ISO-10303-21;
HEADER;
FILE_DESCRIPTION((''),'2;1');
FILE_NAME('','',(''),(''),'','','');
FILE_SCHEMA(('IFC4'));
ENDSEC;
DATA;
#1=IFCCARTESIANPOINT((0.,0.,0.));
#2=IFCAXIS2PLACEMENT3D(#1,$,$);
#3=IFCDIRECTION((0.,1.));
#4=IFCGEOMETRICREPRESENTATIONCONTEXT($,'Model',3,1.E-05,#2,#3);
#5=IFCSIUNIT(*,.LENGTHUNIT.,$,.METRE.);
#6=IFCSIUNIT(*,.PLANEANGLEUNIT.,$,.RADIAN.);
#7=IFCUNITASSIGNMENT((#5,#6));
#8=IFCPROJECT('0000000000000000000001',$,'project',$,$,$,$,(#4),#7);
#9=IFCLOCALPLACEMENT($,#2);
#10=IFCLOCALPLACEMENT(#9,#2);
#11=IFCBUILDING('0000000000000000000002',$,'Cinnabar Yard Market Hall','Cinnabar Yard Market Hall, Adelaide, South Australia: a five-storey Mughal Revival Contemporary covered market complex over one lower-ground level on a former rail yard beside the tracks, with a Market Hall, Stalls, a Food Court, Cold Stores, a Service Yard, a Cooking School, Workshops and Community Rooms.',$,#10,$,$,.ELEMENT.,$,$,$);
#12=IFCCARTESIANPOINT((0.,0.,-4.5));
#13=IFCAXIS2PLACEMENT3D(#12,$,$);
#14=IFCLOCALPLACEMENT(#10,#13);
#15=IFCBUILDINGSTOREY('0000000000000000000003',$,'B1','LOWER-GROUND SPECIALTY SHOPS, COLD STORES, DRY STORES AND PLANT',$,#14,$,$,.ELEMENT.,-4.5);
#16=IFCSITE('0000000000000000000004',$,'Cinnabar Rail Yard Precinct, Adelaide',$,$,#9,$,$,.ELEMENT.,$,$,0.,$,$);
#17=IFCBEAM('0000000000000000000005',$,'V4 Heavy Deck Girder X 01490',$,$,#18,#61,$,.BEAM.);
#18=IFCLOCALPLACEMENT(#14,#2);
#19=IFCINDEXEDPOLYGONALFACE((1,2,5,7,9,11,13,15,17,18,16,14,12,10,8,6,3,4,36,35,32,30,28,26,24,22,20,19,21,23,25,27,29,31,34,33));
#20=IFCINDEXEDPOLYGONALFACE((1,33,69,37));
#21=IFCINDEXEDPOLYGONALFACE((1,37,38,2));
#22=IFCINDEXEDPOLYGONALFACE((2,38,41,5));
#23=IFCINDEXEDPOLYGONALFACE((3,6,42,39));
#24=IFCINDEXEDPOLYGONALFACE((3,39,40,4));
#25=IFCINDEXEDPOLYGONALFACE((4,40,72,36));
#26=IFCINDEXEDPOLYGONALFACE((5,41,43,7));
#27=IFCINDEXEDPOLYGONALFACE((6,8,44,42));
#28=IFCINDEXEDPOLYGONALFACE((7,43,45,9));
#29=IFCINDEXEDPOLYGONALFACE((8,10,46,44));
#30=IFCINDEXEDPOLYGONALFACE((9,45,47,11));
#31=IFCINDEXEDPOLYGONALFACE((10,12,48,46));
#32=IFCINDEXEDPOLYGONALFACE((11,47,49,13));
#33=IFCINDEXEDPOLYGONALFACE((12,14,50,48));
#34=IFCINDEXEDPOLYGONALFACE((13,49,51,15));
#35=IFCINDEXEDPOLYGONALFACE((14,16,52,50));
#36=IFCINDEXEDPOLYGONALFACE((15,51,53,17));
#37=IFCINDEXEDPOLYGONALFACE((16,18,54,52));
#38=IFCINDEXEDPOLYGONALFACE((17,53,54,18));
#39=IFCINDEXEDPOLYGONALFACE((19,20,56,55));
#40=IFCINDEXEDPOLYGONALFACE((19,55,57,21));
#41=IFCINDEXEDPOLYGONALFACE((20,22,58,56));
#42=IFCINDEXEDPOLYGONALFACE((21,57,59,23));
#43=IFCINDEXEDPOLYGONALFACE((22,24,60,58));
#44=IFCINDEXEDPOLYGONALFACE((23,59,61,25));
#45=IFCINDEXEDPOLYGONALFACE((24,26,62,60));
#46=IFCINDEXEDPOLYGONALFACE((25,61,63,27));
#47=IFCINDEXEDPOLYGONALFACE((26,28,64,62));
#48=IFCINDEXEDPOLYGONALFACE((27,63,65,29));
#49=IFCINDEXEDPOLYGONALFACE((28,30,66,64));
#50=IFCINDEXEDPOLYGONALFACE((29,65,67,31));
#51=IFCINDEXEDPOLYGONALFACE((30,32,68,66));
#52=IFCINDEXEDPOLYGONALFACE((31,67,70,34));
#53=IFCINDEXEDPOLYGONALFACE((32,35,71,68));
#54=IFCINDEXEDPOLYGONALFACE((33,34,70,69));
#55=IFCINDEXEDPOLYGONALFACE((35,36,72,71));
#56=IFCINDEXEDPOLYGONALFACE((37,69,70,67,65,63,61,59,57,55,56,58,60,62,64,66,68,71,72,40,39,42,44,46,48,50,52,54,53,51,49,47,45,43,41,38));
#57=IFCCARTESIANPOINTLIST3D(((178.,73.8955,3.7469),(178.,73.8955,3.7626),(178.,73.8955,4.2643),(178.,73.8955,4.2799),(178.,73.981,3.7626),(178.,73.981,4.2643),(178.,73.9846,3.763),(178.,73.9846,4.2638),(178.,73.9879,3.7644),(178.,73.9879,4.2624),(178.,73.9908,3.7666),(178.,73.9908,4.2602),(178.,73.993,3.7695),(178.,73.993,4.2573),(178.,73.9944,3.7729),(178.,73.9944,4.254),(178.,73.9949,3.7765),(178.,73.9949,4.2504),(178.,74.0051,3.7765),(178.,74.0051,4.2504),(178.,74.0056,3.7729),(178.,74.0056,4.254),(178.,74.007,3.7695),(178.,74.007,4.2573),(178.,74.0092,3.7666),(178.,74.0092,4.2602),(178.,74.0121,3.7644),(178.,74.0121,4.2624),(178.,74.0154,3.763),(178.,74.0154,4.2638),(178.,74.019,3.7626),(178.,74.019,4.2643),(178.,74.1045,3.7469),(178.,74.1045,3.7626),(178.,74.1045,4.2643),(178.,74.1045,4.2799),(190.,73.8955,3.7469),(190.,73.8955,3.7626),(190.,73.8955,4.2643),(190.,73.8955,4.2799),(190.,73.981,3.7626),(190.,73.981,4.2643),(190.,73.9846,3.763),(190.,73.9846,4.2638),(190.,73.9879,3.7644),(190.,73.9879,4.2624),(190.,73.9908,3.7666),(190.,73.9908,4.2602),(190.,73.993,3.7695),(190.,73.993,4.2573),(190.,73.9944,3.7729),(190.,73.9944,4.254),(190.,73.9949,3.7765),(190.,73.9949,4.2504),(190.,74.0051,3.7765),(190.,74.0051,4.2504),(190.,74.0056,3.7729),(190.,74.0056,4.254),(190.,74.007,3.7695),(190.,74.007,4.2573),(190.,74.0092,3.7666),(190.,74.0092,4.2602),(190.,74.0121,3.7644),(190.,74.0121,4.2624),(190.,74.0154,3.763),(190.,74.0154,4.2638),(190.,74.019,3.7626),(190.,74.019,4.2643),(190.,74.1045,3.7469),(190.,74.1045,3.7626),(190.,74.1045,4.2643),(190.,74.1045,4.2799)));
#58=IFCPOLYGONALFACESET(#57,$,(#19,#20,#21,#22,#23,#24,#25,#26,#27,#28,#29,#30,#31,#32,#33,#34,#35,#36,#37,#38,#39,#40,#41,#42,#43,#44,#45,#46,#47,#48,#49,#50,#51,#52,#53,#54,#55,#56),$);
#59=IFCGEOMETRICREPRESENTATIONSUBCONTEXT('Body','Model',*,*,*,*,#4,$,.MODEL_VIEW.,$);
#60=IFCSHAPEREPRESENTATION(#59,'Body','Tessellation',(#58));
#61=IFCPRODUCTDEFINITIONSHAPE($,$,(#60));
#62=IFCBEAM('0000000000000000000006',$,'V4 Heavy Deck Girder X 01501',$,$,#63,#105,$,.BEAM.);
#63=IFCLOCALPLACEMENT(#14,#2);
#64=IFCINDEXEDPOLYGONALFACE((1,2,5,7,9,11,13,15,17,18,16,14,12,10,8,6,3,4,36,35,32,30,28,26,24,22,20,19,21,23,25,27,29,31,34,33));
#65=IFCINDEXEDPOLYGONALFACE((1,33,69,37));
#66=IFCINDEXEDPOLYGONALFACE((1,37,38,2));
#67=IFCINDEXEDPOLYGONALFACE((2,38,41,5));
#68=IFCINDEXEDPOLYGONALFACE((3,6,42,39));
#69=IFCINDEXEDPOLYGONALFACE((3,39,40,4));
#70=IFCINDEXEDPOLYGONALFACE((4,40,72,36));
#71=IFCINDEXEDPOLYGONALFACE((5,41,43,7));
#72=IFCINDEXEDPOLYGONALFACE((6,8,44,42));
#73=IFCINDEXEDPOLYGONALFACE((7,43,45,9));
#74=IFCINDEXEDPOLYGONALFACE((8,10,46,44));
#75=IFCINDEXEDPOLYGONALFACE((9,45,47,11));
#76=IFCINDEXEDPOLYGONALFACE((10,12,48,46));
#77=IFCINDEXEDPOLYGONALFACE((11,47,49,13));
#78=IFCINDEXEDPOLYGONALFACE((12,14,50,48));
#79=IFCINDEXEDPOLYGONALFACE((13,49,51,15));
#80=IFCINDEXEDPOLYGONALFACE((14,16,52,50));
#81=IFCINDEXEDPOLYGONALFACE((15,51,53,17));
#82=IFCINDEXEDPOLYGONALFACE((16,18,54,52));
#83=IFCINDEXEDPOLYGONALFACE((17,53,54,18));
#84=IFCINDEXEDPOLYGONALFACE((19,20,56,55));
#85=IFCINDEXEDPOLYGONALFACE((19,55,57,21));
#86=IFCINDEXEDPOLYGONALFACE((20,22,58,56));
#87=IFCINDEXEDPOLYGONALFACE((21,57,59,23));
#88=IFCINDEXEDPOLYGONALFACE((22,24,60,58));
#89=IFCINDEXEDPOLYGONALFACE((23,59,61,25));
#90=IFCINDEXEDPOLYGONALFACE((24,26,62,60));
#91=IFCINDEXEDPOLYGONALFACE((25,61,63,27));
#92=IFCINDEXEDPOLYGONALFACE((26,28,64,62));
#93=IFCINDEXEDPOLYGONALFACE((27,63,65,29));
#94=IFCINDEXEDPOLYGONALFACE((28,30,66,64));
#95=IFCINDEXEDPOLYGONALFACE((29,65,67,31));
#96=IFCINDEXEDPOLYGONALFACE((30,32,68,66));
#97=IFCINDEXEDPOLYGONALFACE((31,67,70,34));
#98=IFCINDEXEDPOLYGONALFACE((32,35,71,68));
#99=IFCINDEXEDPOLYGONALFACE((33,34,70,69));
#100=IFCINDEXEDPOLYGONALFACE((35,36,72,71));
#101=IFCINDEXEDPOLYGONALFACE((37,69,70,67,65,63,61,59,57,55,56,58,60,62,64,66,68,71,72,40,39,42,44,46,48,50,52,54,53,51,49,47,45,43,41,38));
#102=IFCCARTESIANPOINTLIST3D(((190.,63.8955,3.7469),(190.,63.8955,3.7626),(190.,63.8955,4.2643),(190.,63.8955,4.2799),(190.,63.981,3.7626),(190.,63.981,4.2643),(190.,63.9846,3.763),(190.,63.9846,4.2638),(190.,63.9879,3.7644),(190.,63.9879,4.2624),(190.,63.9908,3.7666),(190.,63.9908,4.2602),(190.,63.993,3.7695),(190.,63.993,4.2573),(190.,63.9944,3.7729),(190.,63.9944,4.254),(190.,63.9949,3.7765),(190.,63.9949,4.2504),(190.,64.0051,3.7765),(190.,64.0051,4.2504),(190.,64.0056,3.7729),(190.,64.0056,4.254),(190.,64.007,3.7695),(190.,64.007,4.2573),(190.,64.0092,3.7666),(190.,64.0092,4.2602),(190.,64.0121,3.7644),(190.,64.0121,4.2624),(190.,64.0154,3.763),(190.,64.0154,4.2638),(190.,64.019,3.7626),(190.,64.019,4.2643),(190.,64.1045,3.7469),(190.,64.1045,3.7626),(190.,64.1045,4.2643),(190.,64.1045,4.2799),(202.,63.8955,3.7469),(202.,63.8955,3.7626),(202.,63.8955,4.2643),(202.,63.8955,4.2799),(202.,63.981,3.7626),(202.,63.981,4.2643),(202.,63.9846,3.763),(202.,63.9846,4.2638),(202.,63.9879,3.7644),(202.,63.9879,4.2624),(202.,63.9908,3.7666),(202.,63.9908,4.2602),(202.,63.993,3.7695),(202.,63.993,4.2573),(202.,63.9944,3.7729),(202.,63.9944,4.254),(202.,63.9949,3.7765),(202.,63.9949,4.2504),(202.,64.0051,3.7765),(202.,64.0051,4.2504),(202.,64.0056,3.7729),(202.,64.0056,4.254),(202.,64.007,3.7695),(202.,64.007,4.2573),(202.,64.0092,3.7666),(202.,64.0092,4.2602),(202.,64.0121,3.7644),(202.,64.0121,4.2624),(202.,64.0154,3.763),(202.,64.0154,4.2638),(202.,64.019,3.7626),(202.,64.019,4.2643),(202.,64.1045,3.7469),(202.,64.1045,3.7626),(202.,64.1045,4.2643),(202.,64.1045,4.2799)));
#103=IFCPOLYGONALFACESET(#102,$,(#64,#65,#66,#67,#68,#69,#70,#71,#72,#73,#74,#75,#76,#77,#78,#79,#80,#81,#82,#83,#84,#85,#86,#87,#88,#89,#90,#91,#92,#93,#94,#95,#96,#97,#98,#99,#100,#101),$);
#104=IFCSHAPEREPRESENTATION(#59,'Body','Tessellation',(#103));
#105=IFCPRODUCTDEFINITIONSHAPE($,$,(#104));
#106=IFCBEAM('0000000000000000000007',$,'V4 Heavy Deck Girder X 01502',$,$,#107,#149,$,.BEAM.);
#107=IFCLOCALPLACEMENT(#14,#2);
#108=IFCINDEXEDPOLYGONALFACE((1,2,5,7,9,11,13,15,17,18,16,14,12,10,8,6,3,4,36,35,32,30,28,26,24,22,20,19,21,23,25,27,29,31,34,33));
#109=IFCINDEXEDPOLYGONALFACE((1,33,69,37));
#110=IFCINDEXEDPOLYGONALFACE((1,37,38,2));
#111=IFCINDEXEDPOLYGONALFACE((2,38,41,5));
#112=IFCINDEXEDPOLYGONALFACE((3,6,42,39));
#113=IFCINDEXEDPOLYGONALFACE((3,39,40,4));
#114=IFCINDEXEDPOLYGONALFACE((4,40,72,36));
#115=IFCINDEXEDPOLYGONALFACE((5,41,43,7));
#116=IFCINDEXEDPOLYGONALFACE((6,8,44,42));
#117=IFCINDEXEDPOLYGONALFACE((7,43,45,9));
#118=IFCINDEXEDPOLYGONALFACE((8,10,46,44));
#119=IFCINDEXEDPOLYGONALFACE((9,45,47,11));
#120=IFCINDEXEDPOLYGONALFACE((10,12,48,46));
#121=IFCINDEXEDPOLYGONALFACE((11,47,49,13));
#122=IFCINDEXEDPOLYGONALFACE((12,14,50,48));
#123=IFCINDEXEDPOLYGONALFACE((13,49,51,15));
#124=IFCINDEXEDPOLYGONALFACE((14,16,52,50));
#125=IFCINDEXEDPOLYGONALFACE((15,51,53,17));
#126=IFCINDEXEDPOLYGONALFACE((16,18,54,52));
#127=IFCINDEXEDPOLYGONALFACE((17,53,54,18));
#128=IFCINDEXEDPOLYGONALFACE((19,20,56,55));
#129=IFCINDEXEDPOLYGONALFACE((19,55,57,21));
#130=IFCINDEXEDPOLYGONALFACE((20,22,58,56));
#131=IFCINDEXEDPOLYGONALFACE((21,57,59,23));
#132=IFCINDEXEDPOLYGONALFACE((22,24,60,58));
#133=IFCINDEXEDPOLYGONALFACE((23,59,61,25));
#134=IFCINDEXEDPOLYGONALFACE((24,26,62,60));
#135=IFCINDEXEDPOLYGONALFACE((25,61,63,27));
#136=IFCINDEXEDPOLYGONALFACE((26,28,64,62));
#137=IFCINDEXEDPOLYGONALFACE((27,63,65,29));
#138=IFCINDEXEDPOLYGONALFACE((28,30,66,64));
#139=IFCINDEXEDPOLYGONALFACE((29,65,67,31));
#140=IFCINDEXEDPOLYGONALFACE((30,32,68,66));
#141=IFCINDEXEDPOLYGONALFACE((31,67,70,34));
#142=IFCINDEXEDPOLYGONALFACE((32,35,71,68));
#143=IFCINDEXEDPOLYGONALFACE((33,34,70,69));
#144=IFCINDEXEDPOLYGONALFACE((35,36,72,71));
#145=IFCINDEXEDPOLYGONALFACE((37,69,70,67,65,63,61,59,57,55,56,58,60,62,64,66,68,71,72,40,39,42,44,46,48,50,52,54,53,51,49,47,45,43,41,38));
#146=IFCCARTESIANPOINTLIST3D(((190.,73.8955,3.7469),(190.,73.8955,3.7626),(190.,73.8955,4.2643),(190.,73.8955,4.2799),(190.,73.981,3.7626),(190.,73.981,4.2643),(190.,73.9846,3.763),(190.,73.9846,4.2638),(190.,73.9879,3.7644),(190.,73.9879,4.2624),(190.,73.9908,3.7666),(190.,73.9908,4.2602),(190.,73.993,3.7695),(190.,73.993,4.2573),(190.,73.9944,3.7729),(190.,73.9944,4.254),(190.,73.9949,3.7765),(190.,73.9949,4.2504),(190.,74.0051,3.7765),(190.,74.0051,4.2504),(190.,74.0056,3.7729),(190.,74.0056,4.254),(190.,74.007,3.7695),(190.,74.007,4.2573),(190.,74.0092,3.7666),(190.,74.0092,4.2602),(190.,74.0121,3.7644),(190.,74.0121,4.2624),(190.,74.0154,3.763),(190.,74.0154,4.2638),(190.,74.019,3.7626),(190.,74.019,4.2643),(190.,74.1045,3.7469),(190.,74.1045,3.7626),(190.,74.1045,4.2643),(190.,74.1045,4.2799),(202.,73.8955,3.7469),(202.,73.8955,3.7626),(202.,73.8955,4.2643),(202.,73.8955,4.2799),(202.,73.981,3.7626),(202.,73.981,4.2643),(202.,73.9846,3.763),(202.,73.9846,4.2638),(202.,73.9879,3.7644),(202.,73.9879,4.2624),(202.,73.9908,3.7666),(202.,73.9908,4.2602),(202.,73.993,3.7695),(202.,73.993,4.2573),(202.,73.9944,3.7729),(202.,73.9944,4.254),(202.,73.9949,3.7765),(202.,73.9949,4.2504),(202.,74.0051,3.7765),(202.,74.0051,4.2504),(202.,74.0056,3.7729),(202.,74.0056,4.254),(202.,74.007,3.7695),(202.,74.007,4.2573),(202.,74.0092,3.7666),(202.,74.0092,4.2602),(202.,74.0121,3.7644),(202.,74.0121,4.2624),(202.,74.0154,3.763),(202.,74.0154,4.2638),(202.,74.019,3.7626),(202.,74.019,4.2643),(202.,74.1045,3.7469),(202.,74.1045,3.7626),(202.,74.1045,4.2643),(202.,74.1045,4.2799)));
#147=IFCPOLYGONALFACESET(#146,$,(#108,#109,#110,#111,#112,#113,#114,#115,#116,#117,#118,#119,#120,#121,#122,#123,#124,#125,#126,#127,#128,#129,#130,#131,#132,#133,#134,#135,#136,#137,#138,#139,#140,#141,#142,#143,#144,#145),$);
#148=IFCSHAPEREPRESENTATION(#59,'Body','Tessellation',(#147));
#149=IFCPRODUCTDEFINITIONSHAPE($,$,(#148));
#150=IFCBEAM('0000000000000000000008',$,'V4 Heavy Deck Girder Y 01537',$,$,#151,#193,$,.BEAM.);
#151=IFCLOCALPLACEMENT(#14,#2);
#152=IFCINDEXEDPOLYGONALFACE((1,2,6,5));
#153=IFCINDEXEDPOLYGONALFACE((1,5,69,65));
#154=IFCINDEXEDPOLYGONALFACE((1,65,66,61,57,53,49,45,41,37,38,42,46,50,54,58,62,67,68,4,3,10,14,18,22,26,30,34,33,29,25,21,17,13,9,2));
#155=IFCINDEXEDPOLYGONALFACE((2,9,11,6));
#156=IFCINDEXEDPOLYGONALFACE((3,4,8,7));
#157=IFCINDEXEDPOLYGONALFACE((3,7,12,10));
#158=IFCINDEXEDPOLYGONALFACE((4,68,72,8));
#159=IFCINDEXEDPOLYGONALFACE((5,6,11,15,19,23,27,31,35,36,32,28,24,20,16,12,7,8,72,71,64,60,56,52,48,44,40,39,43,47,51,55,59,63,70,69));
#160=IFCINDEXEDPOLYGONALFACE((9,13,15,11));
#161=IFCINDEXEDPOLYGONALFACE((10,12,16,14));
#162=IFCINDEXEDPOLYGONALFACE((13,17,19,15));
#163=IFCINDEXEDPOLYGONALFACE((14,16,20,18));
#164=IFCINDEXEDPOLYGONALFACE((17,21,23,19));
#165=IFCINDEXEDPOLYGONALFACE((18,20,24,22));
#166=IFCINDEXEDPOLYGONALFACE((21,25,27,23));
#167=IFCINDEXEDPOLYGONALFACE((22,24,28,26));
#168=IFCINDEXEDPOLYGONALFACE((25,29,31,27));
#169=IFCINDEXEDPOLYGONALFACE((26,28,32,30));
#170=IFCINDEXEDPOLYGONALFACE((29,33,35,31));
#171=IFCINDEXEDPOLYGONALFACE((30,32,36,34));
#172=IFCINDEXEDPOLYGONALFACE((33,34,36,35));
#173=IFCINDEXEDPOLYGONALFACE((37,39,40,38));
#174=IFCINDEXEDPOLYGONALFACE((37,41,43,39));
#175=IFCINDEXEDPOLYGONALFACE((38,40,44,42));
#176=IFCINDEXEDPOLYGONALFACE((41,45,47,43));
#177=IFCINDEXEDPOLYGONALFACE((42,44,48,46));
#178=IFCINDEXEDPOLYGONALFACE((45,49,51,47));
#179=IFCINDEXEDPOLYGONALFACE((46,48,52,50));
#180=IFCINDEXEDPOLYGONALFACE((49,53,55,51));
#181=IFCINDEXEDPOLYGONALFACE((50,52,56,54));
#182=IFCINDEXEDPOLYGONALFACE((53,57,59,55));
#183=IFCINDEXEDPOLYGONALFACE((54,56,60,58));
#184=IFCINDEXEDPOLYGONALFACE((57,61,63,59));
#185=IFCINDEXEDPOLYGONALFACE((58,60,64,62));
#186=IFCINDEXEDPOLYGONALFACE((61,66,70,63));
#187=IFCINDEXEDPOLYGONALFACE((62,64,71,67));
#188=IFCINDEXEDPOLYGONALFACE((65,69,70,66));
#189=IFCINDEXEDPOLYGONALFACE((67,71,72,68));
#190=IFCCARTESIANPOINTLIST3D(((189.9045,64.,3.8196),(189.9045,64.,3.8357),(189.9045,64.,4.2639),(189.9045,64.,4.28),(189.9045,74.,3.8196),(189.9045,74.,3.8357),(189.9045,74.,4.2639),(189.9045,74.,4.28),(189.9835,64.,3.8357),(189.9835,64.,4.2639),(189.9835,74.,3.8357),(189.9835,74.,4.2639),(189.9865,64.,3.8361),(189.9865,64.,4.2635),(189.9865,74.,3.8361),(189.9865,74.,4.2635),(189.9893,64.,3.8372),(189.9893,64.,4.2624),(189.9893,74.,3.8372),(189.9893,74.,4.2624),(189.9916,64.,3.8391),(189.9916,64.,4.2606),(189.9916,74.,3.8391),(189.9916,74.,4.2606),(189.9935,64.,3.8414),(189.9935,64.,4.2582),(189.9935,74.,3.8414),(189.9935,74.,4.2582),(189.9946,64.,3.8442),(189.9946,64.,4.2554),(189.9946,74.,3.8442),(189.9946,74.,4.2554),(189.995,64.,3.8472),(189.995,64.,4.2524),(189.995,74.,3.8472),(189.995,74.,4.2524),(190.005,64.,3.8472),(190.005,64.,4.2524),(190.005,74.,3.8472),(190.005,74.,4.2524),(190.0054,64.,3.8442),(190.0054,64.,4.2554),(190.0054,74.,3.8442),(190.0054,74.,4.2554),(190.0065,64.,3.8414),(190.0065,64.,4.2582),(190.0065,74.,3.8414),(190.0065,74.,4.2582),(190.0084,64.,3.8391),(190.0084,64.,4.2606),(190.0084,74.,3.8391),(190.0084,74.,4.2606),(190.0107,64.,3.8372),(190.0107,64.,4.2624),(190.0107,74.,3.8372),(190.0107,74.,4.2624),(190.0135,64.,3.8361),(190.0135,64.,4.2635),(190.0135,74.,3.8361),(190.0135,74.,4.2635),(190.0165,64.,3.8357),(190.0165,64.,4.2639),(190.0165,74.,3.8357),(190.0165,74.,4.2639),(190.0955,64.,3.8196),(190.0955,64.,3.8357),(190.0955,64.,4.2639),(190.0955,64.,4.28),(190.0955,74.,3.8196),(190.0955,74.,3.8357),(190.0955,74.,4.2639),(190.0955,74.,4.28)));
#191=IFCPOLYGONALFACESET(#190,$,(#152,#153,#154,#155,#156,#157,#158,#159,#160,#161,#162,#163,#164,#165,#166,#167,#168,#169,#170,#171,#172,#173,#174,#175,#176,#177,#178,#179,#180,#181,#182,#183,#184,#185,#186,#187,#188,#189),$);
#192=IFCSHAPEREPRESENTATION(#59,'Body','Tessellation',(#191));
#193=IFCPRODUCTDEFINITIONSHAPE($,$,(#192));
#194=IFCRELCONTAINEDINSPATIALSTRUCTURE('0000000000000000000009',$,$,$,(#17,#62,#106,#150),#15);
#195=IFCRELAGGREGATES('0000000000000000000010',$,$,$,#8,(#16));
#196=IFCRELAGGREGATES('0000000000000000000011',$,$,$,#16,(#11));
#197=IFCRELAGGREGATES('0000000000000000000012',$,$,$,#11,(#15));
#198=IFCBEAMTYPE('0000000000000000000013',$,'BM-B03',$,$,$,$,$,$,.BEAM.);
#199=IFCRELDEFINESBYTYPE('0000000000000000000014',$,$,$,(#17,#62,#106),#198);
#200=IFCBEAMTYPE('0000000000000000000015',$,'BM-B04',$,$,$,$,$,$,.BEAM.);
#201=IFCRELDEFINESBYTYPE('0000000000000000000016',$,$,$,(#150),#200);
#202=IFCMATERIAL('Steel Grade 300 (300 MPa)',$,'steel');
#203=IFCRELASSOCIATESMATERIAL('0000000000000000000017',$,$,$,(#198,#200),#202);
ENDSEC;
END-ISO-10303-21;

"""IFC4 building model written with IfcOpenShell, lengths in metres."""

from ifc_helpers import new_model, si_unit, direction, frame, origin, origin_2d_with_axis, place, context, subcontext, project, spatial, i_section, extrude, material, material_profile, profile_set, type_object, element, save


model = new_model("IFC4")

# Units and contexts
model_context = context("Model", 3, precision=1e-05, world=origin(), true_north=direction((0.0, 1.0)))
body_context = subcontext(model_context, "Body", "Model", "MODEL_VIEW")
ifc_project = project(units=[si_unit("LENGTHUNIT", "METRE"), si_unit("PLANEANGLEUNIT", "RADIAN")], contexts=[model_context])

# Site, building, storey
site_placement = place(None, origin())
site = spatial("IfcSite", under=ifc_project, at=site_placement, Name="Cinnabar Rail Yard Precinct, Adelaide", CompositionType="ELEMENT", RefElevation=0.0)
building_placement = place(site_placement, origin())
building = spatial("IfcBuilding", under=site, at=building_placement, Name="Cinnabar Yard Market Hall", Description="Cinnabar Yard Market Hall, Adelaide, South Australia: a five-storey Mughal Revival Contemporary covered market complex over one lower-ground level on a former rail yard beside the tracks, with a Market Hall, Stalls, a Food Court, Cold Stores, a Service Yard, a Cooking School, Workshops and Community Rooms.", CompositionType="ELEMENT")
storey_placement = place(building_placement, frame((0.0, 0.0, -4.5)))
storey = spatial("IfcBuildingStorey", under=building, at=storey_placement, Name="B1", Description="LOWER-GROUND SPECIALTY SHOPS, COLD STORES, DRY STORES AND PLANT", CompositionType="ELEMENT", Elevation=-4.5)

# Beams
ifc_material_1 = material(Name="Steel Grade 300 (300 MPa)", Category="steel")
ifc_material_profile_1 = material_profile(ifc_material_1, i_section(OverallWidth=0.209, OverallDepth=0.533, WebThickness=0.0103, FlangeThickness=0.0156, FilletRadius=0.0139, at=origin_2d_with_axis()), Name="530UB92.4")
ifc_profile_set_1 = profile_set([ifc_material_profile_1], Name="Steel Grade 300 (300 MPa)")
beam_type_1 = type_object("IfcBeamType", Name="BM-B03", PredefinedType="BEAM", material=ifc_profile_set_1)
for number, where, z_axis, x_axis, name in (
    (1, (178.0, 74.0, 4.0134), (1.0, 0.0, 0.0), (0.0, 1.0, 0.0), "V4 Heavy Deck Girder X 01490"),
    (2, (190.0, 64.0, 4.0134), (1.0, 0.0, 0.0), (0.0, 1.0, 0.0), "V4 Heavy Deck Girder X 01501"),
    (3, (190.0, 74.0, 4.0134), (1.0, 0.0, 0.0), (0.0, 1.0, 0.0), "V4 Heavy Deck Girder X 01502"),
):
    element("IfcBeam", number, at=place(storey_placement, frame(where, z_axis=z_axis, x_axis=x_axis)), inside=storey, type_object=beam_type_1, Name=name, PredefinedType="BEAM", context=body_context, shape_type="SweptSolid", body=[
        extrude(i_section(OverallWidth=0.209, OverallDepth=0.533, WebThickness=0.0103, FlangeThickness=0.0156, FilletRadius=0.0139, at=origin_2d_with_axis()), origin(), (0.0, 0.0, 1.0), 12.0),
    ])
ifc_material_profile_2 = material_profile(ifc_material_1, i_section(OverallWidth=0.1909, OverallDepth=0.4604, WebThickness=0.01, FlangeThickness=0.0161, FilletRadius=0.0115, at=origin_2d_with_axis()), Name="460UB82.1")
ifc_profile_set_2 = profile_set([ifc_material_profile_2], Name="Steel Grade 300 (300 MPa)")
beam_type_2 = type_object("IfcBeamType", Name="BM-B04", PredefinedType="BEAM", material=ifc_profile_set_2)
beam_placement = place(storey_placement, frame((190.0, 64.0, 4.0498), z_axis=(0.0, 1.0, 0.0), x_axis=(-1.0, 0.0, 0.0)))
element("IfcBeam", 4, at=beam_placement, inside=storey, type_object=beam_type_2, Name="V4 Heavy Deck Girder Y 01537", PredefinedType="BEAM", context=body_context, shape_type="SweptSolid", body=[
    extrude(i_section(OverallWidth=0.1909, OverallDepth=0.4604, WebThickness=0.01, FlangeThickness=0.0161, FilletRadius=0.0115, at=origin_2d_with_axis()), origin(), (0.0, 0.0, 1.0), 10.0),
])

save(model, "model.ifc")
